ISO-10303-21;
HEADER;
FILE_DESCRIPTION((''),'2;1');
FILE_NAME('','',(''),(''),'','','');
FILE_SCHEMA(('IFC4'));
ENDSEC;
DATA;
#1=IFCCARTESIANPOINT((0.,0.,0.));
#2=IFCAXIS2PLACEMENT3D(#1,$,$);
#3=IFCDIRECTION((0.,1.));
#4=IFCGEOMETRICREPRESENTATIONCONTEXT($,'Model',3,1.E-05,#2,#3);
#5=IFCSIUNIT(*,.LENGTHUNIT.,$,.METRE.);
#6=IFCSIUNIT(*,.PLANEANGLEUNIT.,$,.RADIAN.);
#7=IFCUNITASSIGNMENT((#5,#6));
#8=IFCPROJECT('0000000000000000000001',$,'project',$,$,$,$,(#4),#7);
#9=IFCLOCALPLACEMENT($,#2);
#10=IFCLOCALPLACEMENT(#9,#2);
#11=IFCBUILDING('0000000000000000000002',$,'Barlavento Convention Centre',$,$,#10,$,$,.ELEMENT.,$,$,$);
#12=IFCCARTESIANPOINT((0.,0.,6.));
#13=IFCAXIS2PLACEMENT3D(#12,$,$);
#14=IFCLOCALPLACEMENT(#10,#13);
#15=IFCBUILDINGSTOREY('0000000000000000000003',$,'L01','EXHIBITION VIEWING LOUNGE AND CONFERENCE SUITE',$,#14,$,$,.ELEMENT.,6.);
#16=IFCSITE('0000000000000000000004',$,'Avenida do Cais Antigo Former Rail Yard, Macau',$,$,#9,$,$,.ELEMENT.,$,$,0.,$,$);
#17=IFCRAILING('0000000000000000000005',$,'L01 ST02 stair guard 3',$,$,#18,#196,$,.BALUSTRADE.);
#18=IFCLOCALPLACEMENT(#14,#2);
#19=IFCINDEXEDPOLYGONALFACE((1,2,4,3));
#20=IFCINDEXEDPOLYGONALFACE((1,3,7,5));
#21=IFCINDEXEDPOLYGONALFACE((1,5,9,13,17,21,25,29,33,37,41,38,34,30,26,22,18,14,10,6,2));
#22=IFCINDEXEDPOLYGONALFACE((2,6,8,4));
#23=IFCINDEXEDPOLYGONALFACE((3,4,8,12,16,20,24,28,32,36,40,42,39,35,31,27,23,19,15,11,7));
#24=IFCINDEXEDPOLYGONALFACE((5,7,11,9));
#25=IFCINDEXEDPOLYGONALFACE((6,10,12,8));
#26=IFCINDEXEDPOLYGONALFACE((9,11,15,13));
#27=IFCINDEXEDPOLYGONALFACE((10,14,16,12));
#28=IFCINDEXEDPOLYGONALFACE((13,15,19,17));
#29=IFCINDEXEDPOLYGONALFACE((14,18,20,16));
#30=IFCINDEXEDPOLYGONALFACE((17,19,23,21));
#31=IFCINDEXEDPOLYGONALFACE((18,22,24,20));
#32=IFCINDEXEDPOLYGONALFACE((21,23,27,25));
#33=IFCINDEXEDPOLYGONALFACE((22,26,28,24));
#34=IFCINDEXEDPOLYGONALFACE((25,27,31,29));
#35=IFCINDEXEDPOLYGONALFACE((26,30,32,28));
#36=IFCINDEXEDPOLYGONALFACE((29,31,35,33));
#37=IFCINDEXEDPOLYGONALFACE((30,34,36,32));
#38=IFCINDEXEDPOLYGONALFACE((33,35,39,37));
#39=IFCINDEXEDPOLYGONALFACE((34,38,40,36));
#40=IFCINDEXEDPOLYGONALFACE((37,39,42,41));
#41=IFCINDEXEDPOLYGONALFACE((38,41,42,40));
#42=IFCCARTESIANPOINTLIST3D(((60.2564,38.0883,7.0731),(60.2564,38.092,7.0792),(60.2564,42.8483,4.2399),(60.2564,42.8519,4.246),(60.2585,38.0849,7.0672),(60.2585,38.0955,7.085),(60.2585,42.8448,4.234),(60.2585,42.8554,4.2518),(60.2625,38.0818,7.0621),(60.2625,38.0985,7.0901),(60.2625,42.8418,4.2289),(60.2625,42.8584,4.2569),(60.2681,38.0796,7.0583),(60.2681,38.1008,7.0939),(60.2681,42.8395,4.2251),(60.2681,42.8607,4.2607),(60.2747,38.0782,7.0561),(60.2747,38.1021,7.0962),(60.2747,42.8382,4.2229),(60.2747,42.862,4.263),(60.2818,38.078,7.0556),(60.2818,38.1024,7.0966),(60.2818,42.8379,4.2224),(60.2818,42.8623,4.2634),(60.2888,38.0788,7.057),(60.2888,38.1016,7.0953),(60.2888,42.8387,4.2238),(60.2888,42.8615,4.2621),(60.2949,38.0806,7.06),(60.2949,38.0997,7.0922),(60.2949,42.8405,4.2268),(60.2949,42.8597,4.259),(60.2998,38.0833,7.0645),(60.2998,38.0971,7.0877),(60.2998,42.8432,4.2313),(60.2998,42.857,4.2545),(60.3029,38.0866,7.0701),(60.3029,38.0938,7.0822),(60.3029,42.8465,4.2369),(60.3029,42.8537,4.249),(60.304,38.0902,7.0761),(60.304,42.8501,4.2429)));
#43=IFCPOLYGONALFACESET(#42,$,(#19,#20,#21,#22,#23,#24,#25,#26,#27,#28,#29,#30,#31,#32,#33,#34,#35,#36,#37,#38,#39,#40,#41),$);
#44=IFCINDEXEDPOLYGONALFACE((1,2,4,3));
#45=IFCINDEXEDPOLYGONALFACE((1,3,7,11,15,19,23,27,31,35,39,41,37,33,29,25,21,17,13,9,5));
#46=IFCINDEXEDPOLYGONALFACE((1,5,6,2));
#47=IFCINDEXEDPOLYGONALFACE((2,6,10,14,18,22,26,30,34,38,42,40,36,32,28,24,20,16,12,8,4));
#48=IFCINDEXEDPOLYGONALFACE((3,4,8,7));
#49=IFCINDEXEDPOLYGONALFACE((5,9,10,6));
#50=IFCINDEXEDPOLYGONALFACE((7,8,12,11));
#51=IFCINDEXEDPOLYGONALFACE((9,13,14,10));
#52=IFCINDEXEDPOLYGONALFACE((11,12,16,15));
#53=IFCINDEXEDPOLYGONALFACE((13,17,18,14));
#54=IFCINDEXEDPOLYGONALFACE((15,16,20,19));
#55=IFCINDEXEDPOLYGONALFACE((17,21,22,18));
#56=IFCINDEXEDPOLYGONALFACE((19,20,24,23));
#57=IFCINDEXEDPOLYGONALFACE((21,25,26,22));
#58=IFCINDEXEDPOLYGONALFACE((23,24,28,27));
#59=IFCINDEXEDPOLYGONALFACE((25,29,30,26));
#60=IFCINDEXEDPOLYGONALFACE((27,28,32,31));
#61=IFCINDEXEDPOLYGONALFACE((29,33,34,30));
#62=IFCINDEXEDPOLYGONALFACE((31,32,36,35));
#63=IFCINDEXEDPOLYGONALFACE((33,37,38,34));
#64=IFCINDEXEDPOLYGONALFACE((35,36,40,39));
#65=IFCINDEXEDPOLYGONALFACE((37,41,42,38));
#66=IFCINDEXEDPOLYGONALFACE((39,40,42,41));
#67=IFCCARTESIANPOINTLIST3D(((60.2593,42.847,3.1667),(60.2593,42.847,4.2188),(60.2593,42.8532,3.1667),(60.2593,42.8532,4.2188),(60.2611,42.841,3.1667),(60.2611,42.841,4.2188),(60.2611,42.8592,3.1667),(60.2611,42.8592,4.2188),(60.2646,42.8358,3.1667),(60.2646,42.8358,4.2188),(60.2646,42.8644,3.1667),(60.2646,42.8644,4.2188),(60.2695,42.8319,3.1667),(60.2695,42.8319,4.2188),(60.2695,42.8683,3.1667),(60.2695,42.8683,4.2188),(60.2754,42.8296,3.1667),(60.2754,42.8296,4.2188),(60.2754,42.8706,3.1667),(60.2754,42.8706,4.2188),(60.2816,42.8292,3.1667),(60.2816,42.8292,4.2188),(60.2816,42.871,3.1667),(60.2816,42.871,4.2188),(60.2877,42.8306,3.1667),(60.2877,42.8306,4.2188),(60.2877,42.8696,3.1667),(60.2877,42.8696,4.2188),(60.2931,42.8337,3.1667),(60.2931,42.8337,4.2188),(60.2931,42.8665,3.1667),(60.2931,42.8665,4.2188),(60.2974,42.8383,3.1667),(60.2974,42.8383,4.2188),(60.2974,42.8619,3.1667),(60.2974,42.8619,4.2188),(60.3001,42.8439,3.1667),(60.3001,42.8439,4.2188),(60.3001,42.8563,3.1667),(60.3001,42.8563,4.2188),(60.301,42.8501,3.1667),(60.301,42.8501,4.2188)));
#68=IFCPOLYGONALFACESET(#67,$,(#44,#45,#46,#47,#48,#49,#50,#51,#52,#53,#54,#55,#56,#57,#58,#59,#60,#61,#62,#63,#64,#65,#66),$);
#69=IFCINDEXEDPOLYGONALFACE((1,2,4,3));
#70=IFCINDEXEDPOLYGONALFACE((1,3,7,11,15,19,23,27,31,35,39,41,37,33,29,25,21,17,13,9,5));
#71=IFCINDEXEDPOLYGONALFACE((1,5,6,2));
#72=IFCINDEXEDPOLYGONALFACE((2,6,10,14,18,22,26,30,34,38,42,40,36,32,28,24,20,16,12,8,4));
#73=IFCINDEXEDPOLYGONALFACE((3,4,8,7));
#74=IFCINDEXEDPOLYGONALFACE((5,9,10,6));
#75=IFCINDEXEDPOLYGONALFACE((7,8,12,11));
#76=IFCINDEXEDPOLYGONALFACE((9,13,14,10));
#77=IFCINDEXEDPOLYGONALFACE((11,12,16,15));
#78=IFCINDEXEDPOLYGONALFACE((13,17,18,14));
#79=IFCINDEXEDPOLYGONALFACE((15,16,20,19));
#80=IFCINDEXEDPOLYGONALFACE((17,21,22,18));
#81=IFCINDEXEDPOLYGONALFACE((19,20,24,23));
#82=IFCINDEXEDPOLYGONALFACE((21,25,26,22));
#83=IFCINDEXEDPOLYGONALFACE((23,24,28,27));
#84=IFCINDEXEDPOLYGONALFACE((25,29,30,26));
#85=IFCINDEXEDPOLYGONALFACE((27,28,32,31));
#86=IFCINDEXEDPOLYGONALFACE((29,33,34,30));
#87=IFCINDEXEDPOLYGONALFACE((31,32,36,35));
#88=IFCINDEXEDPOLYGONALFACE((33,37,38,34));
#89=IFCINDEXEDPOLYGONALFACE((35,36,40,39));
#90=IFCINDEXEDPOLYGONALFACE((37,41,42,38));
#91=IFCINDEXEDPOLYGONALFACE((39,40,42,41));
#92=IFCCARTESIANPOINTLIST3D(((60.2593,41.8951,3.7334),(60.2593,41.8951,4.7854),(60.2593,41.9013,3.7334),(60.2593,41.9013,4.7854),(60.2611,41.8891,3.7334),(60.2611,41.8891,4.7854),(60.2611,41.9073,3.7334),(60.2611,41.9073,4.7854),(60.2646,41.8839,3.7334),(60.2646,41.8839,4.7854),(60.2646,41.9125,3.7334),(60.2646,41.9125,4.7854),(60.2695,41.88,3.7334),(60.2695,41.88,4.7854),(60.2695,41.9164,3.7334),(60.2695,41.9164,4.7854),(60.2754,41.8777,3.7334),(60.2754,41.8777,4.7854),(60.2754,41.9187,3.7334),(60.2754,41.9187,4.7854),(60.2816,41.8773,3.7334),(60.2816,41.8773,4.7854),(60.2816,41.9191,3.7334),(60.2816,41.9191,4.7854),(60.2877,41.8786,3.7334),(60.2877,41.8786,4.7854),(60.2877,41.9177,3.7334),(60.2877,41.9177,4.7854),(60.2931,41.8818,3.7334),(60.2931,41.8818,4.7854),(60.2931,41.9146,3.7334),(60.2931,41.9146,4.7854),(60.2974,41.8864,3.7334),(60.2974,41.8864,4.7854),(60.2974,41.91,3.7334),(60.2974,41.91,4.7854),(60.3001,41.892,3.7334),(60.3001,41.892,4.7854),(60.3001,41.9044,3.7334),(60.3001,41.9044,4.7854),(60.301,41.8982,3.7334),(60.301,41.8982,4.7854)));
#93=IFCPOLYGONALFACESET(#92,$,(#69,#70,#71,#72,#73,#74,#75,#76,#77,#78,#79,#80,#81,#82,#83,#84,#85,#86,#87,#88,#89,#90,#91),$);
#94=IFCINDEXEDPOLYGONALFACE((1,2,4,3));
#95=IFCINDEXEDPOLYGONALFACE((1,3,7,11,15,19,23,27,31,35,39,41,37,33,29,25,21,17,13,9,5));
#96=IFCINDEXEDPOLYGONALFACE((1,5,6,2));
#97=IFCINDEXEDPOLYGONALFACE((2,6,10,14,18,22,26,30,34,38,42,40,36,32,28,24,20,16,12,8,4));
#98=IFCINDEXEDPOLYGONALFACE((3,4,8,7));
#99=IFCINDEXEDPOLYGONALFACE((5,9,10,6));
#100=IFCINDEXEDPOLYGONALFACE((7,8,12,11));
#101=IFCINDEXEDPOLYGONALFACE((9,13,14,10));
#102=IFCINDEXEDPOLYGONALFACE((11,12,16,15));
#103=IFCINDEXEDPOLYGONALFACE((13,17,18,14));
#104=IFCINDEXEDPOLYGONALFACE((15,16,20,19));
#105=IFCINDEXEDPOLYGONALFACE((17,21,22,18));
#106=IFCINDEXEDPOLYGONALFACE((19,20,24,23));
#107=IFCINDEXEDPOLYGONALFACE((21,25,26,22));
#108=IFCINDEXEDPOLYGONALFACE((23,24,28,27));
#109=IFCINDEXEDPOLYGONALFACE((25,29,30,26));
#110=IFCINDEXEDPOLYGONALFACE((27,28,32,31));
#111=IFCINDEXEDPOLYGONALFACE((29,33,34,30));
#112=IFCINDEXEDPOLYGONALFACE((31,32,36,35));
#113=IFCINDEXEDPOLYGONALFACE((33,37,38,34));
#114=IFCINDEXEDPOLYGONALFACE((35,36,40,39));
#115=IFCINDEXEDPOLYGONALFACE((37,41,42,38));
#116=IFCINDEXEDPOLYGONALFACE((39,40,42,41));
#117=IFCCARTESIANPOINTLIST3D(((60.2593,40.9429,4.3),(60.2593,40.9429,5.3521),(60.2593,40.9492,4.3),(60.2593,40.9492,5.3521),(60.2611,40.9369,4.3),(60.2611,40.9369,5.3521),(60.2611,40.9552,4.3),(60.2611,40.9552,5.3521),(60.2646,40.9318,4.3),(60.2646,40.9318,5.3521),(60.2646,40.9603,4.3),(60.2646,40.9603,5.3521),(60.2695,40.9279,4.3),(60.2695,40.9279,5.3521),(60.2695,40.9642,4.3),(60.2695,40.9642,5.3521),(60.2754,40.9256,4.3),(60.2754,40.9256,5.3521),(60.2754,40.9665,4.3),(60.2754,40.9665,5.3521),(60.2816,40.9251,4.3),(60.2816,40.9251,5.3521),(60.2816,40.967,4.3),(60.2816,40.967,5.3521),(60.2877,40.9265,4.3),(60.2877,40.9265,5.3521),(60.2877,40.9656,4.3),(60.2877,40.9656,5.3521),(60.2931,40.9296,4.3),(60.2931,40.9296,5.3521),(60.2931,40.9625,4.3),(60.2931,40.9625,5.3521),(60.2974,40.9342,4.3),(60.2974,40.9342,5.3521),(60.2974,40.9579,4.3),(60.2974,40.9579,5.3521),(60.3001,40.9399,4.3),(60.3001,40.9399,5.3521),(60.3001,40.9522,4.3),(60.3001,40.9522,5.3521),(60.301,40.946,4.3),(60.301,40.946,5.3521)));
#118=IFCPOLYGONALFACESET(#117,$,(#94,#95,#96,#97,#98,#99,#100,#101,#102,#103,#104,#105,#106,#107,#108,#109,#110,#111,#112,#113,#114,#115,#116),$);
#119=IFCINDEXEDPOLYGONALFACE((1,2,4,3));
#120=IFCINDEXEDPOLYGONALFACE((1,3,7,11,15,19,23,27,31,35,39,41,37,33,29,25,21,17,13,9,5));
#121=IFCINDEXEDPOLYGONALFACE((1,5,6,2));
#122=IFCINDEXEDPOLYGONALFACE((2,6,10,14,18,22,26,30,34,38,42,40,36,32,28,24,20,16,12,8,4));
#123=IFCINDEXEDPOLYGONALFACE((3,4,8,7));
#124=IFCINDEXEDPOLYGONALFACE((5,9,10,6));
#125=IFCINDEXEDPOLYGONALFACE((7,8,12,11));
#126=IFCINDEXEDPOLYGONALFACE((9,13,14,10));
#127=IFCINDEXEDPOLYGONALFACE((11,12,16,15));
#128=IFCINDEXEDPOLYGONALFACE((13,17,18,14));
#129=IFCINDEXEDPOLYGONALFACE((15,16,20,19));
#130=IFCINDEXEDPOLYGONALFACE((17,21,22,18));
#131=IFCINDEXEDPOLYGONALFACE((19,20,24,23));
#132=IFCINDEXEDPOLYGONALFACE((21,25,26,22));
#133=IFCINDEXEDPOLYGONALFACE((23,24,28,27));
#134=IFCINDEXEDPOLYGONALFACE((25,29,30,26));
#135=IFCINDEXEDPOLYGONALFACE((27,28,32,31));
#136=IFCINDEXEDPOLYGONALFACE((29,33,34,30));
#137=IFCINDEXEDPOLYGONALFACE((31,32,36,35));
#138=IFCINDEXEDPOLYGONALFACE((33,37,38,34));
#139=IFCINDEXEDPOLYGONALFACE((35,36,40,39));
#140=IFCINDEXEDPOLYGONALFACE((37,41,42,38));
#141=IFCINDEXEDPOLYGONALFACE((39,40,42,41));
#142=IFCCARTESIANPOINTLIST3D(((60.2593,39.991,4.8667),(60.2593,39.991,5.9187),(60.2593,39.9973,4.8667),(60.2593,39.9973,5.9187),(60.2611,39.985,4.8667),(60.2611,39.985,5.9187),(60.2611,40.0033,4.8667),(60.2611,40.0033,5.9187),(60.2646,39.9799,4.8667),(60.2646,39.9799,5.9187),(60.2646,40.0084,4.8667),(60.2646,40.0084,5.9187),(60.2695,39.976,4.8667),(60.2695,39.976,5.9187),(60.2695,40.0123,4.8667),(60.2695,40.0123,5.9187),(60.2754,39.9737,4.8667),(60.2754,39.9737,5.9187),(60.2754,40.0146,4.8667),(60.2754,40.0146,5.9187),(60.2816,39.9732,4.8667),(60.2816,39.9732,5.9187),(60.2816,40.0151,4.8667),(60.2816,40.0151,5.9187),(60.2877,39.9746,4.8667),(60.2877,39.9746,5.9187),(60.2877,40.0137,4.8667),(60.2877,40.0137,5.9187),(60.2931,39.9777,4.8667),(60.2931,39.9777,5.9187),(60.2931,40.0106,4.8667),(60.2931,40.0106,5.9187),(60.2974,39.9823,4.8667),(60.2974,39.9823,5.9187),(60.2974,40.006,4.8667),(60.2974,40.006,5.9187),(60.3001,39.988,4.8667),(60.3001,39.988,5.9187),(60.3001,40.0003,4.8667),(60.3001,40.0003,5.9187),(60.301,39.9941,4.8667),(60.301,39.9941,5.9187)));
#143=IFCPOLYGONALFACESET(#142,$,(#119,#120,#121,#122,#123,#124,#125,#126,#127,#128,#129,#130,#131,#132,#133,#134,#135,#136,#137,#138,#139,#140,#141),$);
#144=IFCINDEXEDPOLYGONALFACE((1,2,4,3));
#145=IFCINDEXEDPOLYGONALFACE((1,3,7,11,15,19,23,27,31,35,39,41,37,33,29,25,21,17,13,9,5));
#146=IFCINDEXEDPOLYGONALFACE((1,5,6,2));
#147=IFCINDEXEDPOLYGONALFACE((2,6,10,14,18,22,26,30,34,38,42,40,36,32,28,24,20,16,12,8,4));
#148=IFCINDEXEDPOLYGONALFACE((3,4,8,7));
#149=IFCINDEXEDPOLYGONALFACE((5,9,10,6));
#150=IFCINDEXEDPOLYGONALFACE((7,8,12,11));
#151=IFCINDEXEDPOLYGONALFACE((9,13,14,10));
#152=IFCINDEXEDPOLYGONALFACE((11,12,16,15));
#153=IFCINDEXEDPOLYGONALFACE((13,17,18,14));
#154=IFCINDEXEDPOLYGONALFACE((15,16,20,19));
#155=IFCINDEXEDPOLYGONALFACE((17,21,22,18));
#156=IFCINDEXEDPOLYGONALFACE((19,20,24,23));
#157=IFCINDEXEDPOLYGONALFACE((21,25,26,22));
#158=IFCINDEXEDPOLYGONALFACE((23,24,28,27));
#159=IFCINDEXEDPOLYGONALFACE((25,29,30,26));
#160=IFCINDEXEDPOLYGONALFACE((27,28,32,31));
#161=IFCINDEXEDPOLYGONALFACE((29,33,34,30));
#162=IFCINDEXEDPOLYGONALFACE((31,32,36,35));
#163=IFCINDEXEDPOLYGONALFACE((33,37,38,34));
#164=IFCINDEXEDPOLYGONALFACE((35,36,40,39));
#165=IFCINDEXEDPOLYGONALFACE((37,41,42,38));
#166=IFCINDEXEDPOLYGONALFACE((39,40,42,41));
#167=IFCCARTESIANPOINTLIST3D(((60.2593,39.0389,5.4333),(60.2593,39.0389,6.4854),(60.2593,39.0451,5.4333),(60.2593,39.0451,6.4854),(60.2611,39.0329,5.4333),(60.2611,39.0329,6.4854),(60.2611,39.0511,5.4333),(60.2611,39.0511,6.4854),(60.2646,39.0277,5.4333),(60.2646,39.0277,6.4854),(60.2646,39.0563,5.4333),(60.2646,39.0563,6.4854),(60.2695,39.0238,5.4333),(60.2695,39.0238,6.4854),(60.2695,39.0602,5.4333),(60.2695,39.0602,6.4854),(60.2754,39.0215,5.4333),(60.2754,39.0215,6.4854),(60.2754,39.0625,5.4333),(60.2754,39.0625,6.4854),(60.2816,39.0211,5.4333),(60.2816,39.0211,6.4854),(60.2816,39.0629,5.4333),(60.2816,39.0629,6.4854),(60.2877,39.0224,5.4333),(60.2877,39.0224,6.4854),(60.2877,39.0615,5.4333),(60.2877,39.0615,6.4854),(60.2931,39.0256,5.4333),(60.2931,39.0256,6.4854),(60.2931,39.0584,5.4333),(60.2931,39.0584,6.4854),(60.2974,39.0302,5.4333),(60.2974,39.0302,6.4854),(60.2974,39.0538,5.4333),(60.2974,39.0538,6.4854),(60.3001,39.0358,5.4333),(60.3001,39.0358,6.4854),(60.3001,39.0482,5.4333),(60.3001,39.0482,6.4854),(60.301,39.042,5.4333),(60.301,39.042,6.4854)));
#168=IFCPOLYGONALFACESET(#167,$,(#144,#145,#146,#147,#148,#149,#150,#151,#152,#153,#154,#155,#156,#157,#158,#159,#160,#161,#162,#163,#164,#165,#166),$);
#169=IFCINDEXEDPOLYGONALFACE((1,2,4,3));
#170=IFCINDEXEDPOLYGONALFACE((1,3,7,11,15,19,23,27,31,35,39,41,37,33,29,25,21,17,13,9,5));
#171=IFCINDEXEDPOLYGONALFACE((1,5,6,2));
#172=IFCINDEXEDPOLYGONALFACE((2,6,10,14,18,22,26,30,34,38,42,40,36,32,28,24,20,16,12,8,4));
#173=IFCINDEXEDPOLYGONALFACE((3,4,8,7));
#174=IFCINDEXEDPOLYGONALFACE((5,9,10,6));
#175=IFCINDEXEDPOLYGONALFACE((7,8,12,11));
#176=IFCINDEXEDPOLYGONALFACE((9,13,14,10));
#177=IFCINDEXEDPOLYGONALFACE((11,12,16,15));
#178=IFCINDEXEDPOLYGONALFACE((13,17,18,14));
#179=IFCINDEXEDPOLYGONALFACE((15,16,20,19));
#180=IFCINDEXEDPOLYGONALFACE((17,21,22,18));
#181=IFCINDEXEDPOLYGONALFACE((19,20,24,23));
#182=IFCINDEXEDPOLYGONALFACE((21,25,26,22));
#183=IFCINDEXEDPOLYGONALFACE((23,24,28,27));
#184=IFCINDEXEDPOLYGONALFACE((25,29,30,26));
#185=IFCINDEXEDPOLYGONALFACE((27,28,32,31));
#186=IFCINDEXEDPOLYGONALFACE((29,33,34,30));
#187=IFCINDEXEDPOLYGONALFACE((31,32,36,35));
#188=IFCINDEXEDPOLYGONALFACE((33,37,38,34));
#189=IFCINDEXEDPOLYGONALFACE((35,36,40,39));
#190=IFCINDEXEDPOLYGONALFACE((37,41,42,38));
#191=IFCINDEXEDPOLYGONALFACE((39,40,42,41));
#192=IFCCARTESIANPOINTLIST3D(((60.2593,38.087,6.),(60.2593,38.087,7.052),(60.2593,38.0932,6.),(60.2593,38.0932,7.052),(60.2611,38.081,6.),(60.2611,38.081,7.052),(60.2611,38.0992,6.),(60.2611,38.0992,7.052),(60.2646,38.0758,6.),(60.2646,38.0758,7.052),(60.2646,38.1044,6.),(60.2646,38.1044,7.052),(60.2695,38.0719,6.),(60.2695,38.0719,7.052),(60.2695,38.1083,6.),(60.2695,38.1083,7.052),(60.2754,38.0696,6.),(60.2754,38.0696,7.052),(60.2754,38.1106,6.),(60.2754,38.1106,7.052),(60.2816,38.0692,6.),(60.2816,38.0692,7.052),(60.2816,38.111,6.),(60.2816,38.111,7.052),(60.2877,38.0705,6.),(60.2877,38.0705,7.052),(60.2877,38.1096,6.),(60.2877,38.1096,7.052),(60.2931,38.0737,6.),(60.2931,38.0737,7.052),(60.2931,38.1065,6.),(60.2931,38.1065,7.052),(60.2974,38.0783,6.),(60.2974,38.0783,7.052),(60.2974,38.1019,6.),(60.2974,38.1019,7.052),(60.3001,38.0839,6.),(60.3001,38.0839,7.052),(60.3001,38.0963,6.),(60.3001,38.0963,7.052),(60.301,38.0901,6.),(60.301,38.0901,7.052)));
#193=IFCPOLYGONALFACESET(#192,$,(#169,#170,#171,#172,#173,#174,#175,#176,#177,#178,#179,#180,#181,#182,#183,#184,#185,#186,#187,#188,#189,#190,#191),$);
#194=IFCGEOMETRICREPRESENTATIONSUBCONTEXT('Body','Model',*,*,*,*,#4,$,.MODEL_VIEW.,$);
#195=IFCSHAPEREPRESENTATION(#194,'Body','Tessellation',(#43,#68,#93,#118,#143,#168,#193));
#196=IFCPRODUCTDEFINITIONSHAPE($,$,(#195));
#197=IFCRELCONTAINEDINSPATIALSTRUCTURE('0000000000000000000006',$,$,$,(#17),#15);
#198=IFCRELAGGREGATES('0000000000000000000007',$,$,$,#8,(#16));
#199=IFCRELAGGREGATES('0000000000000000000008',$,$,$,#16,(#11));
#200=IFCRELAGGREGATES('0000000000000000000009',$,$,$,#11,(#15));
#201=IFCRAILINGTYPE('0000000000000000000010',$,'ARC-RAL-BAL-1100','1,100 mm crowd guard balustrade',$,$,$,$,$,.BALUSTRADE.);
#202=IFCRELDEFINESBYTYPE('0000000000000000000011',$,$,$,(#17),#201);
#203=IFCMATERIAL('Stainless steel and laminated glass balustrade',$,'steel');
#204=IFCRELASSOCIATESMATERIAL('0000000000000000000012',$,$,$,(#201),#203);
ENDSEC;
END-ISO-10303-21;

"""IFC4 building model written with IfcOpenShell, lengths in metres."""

from ifc_helpers import new_model, si_unit, direction, frame, origin, origin_2d, place, context, subcontext, project, spatial, circle, extrude, material, type_object, element, save


model = new_model("IFC4")

# Units and contexts
model_context = context("Model", 3, precision=1e-05, world=origin(), true_north=direction((0.0, 1.0)))
body_context = subcontext(model_context, "Body", "Model", "MODEL_VIEW")
ifc_project = project(units=[si_unit("LENGTHUNIT", "METRE"), si_unit("PLANEANGLEUNIT", "RADIAN")], contexts=[model_context])

# Site, building, storey
site_placement = place(None, origin())
site = spatial("IfcSite", under=ifc_project, at=site_placement, Name="Avenida do Cais Antigo Former Rail Yard, Macau", CompositionType="ELEMENT", RefElevation=0.0)
building_placement = place(site_placement, origin())
building = spatial("IfcBuilding", under=site, at=building_placement, Name="Barlavento Convention Centre", CompositionType="ELEMENT")
storey_placement = place(building_placement, frame((0.0, 0.0, 6.0)))
storey = spatial("IfcBuildingStorey", under=building, at=storey_placement, Name="L01", Description="EXHIBITION VIEWING LOUNGE AND CONFERENCE SUITE", CompositionType="ELEMENT", Elevation=6.0)

# Railing
ifc_material_1 = material(Name="Stainless steel and laminated glass balustrade", Category="steel")
railing_type_1 = type_object("IfcRailingType", Name="ARC-RAL-BAL-1100", Description="1,100 mm crowd guard balustrade", PredefinedType="BALUSTRADE", material=ifc_material_1)
railing_1_placement = place(storey_placement, frame((60.28, 42.8501, 3.1667)))
element("IfcRailing", 1, at=railing_1_placement, inside=storey, type_object=railing_type_1, Name="L01 ST02 stair guard 3", PredefinedType="BALUSTRADE", context=body_context, shape_type="SweptSolid", body=[
    extrude(circle(Radius=0.0239, at=origin_2d()), frame((0.0, 0.0, 1.0762), z_axis=(0.0, -0.8593, 0.511472), x_axis=(1.0, 0.0, 0.0)), (0.0, 0.0, 1.0), 5.5393),
    extrude(circle(Radius=0.021, at=origin_2d()), origin(), (0.0, 0.0, 1.0), 1.052),
    extrude(circle(Radius=0.021, at=origin_2d()), frame((0.0, -0.9519, 0.5667)), (0.0, 0.0, 1.0), 1.052),
    extrude(circle(Radius=0.021, at=origin_2d()), frame((0.0, -1.9041, 1.1333)), (0.0, 0.0, 1.0), 1.052),
    extrude(circle(Radius=0.021, at=origin_2d()), frame((0.0, -2.856, 1.7)), (0.0, 0.0, 1.0), 1.052),
    extrude(circle(Radius=0.021, at=origin_2d()), frame((0.0, -3.8081, 2.2666)), (0.0, 0.0, 1.0), 1.052),
    extrude(circle(Radius=0.021, at=origin_2d()), frame((0.0, -4.76, 2.8333)), (0.0, 0.0, 1.0), 1.052),
])

save(model, "model.ifc")
